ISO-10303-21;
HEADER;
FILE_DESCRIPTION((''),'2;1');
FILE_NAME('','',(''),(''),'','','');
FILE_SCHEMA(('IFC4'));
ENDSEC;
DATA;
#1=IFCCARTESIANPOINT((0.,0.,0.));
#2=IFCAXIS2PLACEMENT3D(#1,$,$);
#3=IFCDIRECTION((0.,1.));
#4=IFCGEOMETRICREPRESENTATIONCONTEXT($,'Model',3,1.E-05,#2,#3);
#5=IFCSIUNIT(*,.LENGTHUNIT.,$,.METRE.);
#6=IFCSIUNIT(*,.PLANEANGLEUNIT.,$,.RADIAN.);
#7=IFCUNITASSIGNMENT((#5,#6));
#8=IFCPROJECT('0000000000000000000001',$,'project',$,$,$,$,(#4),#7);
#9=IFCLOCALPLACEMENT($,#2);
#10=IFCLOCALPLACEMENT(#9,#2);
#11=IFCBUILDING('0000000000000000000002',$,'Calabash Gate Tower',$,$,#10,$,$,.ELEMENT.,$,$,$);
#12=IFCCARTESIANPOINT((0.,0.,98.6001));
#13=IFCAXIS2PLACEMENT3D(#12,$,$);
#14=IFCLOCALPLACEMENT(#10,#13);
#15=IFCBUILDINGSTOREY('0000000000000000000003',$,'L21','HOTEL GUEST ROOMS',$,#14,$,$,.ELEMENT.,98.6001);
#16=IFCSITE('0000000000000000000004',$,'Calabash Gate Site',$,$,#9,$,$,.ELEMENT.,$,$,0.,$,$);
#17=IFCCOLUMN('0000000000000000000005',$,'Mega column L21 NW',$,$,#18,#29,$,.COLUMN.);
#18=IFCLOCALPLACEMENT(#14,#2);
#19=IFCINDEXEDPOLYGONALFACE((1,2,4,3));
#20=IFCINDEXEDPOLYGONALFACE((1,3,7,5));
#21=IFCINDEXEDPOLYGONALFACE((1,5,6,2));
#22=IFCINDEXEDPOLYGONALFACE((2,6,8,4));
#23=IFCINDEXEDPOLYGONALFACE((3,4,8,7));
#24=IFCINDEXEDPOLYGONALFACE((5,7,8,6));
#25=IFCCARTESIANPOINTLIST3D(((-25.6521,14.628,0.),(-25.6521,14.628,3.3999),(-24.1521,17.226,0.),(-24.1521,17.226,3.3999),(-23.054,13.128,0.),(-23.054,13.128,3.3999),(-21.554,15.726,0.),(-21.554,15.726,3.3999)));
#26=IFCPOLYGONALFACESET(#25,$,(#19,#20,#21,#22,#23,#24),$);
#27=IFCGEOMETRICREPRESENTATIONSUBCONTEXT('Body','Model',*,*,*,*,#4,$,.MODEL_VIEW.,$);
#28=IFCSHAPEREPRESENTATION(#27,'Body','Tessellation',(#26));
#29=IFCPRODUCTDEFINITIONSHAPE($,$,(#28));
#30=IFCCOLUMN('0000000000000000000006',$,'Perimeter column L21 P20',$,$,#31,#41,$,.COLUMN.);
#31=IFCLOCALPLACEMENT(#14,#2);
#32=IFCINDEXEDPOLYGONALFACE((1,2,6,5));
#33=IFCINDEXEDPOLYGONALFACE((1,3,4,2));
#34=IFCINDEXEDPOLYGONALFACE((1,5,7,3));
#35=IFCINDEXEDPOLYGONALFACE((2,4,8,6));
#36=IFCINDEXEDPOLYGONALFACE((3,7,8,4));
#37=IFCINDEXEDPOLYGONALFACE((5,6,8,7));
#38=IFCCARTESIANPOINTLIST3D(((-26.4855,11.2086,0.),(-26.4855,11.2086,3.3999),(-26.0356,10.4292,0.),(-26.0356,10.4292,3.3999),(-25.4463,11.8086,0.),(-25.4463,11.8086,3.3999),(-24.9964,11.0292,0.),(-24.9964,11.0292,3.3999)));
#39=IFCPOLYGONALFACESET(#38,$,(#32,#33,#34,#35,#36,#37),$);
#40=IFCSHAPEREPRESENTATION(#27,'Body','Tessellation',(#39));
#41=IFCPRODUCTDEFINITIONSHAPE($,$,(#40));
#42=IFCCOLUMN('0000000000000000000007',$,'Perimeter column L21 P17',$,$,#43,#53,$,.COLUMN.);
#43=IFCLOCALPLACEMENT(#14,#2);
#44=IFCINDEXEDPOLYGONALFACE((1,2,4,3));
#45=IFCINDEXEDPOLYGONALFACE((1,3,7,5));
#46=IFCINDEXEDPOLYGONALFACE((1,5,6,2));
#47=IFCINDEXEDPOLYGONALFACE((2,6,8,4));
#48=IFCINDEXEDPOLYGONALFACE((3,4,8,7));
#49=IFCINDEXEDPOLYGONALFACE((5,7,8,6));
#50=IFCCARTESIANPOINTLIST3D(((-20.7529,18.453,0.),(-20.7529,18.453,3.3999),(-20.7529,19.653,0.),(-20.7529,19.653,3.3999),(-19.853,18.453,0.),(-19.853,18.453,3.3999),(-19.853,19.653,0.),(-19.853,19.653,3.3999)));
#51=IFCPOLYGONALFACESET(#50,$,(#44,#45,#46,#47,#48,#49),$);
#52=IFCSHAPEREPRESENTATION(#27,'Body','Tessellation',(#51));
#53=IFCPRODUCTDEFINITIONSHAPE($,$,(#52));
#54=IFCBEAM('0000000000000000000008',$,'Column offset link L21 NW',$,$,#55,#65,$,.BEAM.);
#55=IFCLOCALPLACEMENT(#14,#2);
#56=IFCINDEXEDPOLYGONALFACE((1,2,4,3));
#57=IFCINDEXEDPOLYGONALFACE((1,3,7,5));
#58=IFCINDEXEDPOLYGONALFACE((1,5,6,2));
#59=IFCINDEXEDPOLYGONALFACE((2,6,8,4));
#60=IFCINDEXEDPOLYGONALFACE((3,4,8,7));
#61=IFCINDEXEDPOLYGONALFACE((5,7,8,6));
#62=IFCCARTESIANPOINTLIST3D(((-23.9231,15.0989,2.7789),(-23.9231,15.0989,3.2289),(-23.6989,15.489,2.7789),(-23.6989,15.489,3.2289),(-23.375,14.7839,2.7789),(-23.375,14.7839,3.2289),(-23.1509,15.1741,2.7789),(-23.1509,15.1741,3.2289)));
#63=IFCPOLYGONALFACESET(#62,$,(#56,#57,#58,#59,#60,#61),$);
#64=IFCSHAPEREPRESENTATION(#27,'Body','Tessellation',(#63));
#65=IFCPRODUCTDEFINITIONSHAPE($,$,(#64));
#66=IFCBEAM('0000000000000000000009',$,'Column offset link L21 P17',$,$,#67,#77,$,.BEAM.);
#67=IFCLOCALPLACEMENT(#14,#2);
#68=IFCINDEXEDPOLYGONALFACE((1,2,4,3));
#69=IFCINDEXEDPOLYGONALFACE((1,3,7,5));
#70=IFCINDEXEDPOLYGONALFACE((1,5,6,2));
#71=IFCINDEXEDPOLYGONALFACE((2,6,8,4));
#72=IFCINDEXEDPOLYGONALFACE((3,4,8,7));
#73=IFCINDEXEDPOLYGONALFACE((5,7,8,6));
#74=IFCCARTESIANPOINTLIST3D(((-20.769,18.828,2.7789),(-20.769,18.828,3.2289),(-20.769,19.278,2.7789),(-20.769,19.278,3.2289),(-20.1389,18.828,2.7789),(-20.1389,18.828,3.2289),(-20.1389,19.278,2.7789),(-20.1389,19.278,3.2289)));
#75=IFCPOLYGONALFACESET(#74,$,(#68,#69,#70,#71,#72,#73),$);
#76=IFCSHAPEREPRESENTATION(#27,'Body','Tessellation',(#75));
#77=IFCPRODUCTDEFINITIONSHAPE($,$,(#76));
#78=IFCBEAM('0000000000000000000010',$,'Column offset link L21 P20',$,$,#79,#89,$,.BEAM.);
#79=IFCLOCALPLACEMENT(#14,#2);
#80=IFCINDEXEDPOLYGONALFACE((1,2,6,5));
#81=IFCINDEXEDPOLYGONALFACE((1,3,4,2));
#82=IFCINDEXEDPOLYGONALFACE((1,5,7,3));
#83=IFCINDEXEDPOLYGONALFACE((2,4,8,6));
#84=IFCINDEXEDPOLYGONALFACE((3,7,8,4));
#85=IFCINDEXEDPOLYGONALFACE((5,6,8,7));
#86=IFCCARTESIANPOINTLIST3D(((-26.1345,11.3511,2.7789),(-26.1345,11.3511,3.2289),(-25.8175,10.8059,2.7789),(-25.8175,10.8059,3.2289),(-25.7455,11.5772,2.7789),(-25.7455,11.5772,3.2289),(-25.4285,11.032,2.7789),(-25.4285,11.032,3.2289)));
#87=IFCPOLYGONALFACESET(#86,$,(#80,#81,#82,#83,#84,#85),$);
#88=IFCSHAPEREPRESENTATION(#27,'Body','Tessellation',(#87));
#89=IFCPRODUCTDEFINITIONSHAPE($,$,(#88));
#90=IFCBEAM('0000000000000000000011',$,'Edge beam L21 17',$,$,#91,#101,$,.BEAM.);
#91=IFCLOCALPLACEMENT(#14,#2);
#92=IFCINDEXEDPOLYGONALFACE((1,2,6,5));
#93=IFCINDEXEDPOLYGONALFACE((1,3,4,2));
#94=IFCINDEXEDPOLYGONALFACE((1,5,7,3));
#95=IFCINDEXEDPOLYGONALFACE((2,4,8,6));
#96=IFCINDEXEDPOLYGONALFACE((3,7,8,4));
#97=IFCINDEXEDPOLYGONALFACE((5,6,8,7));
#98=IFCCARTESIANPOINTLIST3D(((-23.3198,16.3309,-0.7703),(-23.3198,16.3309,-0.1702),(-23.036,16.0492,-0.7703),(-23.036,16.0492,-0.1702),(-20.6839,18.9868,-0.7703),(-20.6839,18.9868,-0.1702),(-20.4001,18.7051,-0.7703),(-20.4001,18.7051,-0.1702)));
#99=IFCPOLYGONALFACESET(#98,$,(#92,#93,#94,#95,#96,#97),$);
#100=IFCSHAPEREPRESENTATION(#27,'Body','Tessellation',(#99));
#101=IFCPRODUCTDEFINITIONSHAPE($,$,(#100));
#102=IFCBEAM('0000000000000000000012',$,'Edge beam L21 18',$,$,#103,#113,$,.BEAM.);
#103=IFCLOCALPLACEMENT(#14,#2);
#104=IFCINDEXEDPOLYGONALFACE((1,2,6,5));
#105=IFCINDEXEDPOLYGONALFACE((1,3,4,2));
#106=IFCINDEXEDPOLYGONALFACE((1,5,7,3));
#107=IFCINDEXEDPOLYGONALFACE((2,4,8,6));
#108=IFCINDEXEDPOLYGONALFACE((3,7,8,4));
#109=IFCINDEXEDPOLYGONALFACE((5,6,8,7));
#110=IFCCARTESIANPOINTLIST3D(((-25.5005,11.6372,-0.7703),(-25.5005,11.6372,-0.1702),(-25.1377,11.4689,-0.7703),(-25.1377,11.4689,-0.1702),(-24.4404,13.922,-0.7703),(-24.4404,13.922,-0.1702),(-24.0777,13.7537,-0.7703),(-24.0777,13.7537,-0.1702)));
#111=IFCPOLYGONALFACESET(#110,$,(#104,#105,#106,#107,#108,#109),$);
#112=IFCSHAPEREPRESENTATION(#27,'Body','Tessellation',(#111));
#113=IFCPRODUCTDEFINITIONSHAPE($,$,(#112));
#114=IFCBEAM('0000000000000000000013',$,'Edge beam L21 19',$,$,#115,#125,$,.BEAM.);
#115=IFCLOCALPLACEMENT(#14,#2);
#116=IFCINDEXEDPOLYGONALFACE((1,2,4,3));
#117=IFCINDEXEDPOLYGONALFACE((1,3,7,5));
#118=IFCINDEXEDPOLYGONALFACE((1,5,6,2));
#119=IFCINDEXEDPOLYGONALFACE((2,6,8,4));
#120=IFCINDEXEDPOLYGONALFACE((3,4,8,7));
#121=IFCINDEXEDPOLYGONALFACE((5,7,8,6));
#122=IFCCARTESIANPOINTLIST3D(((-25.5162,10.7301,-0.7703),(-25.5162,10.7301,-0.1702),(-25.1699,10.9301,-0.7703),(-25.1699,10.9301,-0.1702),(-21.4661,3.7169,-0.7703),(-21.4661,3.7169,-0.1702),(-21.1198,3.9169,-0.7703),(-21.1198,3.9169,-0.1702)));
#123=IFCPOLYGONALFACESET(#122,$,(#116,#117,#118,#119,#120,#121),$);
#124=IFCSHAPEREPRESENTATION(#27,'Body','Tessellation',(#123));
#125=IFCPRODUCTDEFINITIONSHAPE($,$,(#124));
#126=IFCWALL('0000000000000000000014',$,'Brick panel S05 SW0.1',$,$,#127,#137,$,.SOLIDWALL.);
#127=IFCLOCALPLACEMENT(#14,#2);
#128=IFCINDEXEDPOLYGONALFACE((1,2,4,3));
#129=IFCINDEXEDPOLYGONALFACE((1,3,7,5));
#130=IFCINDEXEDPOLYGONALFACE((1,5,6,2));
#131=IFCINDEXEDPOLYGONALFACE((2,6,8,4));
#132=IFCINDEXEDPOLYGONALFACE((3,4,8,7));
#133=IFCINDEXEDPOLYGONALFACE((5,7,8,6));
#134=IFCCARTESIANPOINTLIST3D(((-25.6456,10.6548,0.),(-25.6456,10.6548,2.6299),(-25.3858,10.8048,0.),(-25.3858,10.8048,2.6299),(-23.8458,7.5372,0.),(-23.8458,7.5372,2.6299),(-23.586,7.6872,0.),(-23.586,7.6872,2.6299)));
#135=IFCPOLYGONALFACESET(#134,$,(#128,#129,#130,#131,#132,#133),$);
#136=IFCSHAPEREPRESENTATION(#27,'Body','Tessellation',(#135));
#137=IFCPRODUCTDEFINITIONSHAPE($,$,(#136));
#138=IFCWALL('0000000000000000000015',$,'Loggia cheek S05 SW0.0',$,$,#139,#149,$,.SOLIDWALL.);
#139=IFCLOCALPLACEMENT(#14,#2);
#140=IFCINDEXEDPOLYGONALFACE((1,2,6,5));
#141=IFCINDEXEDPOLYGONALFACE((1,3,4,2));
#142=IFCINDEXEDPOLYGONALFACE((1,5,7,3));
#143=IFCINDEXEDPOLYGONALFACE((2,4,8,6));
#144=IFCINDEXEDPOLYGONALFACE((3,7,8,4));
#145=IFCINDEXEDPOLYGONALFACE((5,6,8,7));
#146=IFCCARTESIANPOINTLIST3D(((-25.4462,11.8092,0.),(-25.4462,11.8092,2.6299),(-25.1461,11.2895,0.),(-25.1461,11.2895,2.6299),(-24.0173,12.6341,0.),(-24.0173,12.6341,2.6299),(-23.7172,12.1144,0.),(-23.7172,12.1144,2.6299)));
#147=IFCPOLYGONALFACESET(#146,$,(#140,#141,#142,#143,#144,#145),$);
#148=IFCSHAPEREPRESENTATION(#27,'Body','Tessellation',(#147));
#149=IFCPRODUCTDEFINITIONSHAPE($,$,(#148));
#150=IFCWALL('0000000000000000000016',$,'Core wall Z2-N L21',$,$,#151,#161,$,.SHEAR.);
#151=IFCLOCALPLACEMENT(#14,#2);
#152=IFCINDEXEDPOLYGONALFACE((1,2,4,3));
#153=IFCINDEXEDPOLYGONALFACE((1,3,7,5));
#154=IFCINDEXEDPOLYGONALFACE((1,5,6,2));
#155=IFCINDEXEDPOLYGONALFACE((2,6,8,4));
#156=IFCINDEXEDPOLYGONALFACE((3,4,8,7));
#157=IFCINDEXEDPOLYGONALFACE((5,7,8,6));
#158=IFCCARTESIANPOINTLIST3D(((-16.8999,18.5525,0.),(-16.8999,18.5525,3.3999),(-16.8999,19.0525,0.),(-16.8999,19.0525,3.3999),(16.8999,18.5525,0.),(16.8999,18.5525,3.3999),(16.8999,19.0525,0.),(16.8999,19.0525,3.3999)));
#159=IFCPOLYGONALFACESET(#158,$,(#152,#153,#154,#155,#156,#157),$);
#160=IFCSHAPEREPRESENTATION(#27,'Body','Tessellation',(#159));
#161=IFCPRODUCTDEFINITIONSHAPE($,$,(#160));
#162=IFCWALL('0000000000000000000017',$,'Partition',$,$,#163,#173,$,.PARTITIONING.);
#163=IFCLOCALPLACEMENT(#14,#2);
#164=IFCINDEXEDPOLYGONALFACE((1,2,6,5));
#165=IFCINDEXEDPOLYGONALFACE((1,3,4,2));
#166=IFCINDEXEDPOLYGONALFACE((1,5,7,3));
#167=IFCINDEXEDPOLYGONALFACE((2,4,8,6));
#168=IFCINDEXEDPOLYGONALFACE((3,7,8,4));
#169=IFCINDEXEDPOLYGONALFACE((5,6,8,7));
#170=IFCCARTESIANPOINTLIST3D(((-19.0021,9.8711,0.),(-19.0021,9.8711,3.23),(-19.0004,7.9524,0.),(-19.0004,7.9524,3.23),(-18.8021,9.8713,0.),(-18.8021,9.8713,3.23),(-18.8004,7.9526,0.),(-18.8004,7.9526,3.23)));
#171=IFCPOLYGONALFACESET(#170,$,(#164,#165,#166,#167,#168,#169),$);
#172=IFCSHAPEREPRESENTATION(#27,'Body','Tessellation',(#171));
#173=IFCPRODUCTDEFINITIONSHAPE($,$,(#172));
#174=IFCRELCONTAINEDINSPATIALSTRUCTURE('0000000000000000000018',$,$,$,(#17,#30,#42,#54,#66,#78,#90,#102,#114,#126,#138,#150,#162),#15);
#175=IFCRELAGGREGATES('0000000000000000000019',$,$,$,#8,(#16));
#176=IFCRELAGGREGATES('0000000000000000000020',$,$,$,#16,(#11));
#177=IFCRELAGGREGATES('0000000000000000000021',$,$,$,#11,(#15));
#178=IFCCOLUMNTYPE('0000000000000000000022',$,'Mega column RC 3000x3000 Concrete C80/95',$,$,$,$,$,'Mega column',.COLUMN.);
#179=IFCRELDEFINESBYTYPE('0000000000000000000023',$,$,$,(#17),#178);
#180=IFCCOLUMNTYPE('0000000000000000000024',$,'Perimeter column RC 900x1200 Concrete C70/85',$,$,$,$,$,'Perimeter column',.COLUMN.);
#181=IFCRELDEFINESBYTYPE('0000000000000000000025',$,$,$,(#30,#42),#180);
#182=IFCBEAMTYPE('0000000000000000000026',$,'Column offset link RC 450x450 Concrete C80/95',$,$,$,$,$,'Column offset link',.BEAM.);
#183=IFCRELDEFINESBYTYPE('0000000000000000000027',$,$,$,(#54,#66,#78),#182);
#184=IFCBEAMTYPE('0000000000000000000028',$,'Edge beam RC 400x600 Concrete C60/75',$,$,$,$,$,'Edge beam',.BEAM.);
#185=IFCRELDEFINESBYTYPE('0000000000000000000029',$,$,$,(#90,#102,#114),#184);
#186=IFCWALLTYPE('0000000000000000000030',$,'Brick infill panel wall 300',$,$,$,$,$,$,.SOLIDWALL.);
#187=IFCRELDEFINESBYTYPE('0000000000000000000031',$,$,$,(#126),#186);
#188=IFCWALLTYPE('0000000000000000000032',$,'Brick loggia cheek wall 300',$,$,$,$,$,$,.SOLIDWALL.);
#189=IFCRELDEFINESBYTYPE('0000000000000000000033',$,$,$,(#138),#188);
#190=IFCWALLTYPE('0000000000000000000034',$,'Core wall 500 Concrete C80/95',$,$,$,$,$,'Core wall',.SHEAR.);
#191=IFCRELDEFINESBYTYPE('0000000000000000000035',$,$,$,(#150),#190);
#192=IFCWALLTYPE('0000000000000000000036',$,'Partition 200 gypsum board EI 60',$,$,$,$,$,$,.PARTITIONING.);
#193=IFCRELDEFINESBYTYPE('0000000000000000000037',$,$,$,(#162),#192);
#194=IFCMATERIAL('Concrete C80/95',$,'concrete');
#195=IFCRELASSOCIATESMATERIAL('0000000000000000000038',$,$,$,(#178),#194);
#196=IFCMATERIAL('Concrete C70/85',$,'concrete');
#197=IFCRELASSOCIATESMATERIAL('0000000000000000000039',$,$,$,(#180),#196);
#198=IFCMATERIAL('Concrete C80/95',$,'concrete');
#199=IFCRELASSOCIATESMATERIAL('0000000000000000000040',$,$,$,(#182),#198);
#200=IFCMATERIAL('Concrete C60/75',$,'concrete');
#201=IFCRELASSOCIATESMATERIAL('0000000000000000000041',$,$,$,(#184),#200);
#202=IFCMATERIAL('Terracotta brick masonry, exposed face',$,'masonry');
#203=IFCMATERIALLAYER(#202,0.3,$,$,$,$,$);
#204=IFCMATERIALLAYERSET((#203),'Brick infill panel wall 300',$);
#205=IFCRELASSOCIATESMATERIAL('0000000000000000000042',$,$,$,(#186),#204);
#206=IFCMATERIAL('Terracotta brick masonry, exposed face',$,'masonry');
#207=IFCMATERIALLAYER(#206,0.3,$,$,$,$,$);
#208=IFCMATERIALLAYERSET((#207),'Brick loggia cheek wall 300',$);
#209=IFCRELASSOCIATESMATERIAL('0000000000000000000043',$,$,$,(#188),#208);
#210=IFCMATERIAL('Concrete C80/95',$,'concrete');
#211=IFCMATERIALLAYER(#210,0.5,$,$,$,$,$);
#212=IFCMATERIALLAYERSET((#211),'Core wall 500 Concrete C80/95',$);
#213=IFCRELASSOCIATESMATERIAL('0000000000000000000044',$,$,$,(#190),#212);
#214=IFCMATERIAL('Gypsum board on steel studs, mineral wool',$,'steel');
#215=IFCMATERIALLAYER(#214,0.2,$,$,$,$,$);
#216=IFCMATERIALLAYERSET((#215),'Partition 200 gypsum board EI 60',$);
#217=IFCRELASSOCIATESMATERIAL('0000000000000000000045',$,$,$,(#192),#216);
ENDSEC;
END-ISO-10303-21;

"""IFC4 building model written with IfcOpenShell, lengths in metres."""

from ifc_helpers import new_model, si_unit, direction, frame, frame_2d, origin, origin_2d, place, context, subcontext, project, spatial, rectangle, extrude, material, layer, layer_set, material_profile, profile_set, type_object, element, save


model = new_model("IFC4")

# Units and contexts
model_context = context("Model", 3, precision=1e-05, world=origin(), true_north=direction((0.0, 1.0)))
body_context = subcontext(model_context, "Body", "Model", "MODEL_VIEW")
ifc_project = project(units=[si_unit("LENGTHUNIT", "METRE"), si_unit("PLANEANGLEUNIT", "RADIAN")], contexts=[model_context])

# Site, building, storey
site_placement = place(None, origin())
site = spatial("IfcSite", under=ifc_project, at=site_placement, Name="Calabash Gate Site", CompositionType="ELEMENT", RefElevation=0.0)
building_placement = place(site_placement, origin())
building = spatial("IfcBuilding", under=site, at=building_placement, Name="Calabash Gate Tower", CompositionType="ELEMENT")
storey_placement = place(building_placement, frame((0.0, 0.0, 98.6001)))
storey = spatial("IfcBuildingStorey", under=building, at=storey_placement, Name="L21", Description="HOTEL GUEST ROOMS", CompositionType="ELEMENT", Elevation=98.6001)

# Columns
ifc_material_1 = material(Name="Concrete C80/95", Category="concrete")
ifc_material_profile_1 = material_profile(ifc_material_1, rectangle(XDim=3.0, YDim=3.0, at=origin_2d()))
ifc_profile_set_1 = profile_set([ifc_material_profile_1], Name="Concrete C80/95")
column_type_1 = type_object("IfcColumnType", Name="Mega column RC 3000x3000 Concrete C80/95", ElementType="Mega column", PredefinedType="COLUMN", material=ifc_profile_set_1)
column_placement = place(storey_placement, frame((-23.603, 15.177, 0.0), z_axis=(0.0, 0.0, 1.0), x_axis=(0.866025, -0.5, 0.0)))
element("IfcColumn", 1, at=column_placement, inside=storey, type_object=column_type_1, Name="Mega column L21 NW", PredefinedType="COLUMN", context=body_context, shape_type="SweptSolid", body=[
    extrude(rectangle(XDim=3.0, YDim=3.0, at=origin_2d()), origin(), (0.0, 0.0, 1.0), 3.3999),
])
ifc_material_2 = material(Name="Concrete C70/85", Category="concrete")
ifc_material_profile_2 = material_profile(ifc_material_2, rectangle(XDim=0.8999, YDim=1.2, at=origin_2d()))
ifc_profile_set_2 = profile_set([ifc_material_profile_2], Name="Concrete C70/85")
column_type_2 = type_object("IfcColumnType", Name="Perimeter column RC 900x1200 Concrete C70/85", ElementType="Perimeter column", PredefinedType="COLUMN", material=ifc_profile_set_2)
for number, where, z_axis, x_axis, name in (
    (2, (-25.741, 11.1189, 0.0), (0.0, 0.0, 1.0), (0.5, -0.866025, 0.0), "Perimeter column L21 P20"),
    (3, (-20.303, 19.053, 0.0), (0.0, 0.0, 1.0), (-1.0, 0.0, 0.0), "Perimeter column L21 P17"),
):
    element("IfcColumn", number, at=place(storey_placement, frame(where, z_axis=z_axis, x_axis=x_axis)), inside=storey, type_object=column_type_2, Name=name, PredefinedType="COLUMN", context=body_context, shape_type="SweptSolid", body=[
        extrude(rectangle(XDim=0.8999, YDim=1.2, at=origin_2d()), origin(), (0.0, 0.0, 1.0), 3.3999),
    ])

# Beams
ifc_material_3 = material(Name="Concrete C80/95", Category="concrete")
ifc_material_profile_3 = material_profile(ifc_material_3, rectangle(XDim=0.45, YDim=0.45, at=origin_2d()))
ifc_profile_set_3 = profile_set([ifc_material_profile_3], Name="Concrete C80/95")
beam_type_1 = type_object("IfcBeamType", Name="Column offset link RC 450x450 Concrete C80/95", ElementType="Column offset link", PredefinedType="BEAM", material=ifc_profile_set_3)
beam_1_placement = place(storey_placement, frame((-23.2629, 14.979, 3.0039), z_axis=(-0.867052, 0.498217, 0.0), x_axis=(-0.498217, -0.867052, 0.0)))
element("IfcBeam", 4, at=beam_1_placement, inside=storey, type_object=beam_type_1, Name="Column offset link L21 NW", PredefinedType="BEAM", context=body_context, shape_type="SweptSolid", body=[
    extrude(rectangle(XDim=0.45, YDim=0.45, at=origin_2d()), origin(), (0.0, 0.0, 1.0), 0.6321),
])
beam_2_placement = place(storey_placement, frame((-20.1389, 19.053, 3.0039), z_axis=(-1.0, 0.0, 0.0), x_axis=(0.0, -1.0, 0.0)))
element("IfcBeam", 5, at=beam_2_placement, inside=storey, type_object=beam_type_1, Name="Column offset link L21 P17", PredefinedType="BEAM", context=body_context, shape_type="SweptSolid", body=[
    extrude(rectangle(XDim=0.45, YDim=0.45, at=origin_2d()), origin(), (0.0, 0.0, 1.0), 0.6301),
])
beam_3_placement = place(storey_placement, frame((-25.623, 10.9189, 3.0039), z_axis=(-0.502546, 0.86455, 0.0), x_axis=(-0.86455, -0.502546, 0.0)))
element("IfcBeam", 6, at=beam_3_placement, inside=storey, type_object=beam_type_1, Name="Column offset link L21 P20", PredefinedType="BEAM", context=body_context, shape_type="SweptSolid", body=[
    extrude(rectangle(XDim=0.45, YDim=0.45, at=origin_2d()), origin(), (0.0, 0.0, 1.0), 0.6306),
])
ifc_material_4 = material(Name="Concrete C60/75", Category="concrete")
ifc_material_profile_4 = material_profile(ifc_material_4, rectangle(XDim=0.3999, YDim=0.6001, at=origin_2d()))
ifc_profile_set_4 = profile_set([ifc_material_profile_4], Name="Concrete C60/75")
beam_type_2 = type_object("IfcBeamType", Name="Edge beam RC 400x600 Concrete C60/75", ElementType="Edge beam", PredefinedType="BEAM", material=ifc_profile_set_4)
beam_4_placement = place(storey_placement, frame((-20.542, 18.8459, -0.4702), z_axis=(-0.704427, -0.709777, 0.0), x_axis=(0.709777, -0.704427, 0.0)))
element("IfcBeam", 7, at=beam_4_placement, inside=storey, type_object=beam_type_2, Name="Edge beam L21 17", PredefinedType="BEAM", context=body_context, shape_type="SweptSolid", body=[
    extrude(rectangle(XDim=0.3999, YDim=0.6001, at=origin_2d()), origin(), (0.0, 0.0, 1.0), 3.7419),
])
beam_5_placement = place(storey_placement, frame((-24.259, 13.8379, -0.4702), z_axis=(-0.420852, -0.907129, 0.0), x_axis=(0.907129, -0.420852, 0.0)))
element("IfcBeam", 8, at=beam_5_placement, inside=storey, type_object=beam_type_2, Name="Edge beam L21 18", PredefinedType="BEAM", context=body_context, shape_type="SweptSolid", body=[
    extrude(rectangle(XDim=0.3999, YDim=0.6001, at=origin_2d()), origin(), (0.0, 0.0, 1.0), 2.5188),
])
beam_6_placement = place(storey_placement, frame((-25.343, 10.8301, -0.4702), z_axis=(0.500091, -0.865973, 0.0), x_axis=(0.865973, 0.500091, 0.0)))
element("IfcBeam", 9, at=beam_6_placement, inside=storey, type_object=beam_type_2, Name="Edge beam L21 19", PredefinedType="BEAM", context=body_context, shape_type="SweptSolid", body=[
    extrude(rectangle(XDim=0.3999, YDim=0.6001, at=origin_2d()), origin(), (0.0, 0.0, 1.0), 8.0986),
])

# Walls
ifc_material_5 = material(Name="Terracotta brick masonry, exposed face", Category="masonry")
ifc_layer_1 = layer(ifc_material_5, 0.3)
ifc_layer_set_1 = layer_set([ifc_layer_1], Name="Brick infill panel wall 300")
wall_type_1 = type_object("IfcWallType", Name="Brick infill panel wall 300", PredefinedType="SOLIDWALL", material=ifc_layer_set_1)
wall_1_placement = place(storey_placement, frame((-25.5156, 10.7297, 0.0), z_axis=(0.0, 0.0, 1.0), x_axis=(0.499961, -0.866048, 0.0)))
element("IfcWall", 10, at=wall_1_placement, inside=storey, type_object=wall_type_1, Name="Brick panel S05 SW0.1", PredefinedType="SOLIDWALL", context=body_context, shape_type="SweptSolid", body=[
    extrude(rectangle(XDim=3.5999, YDim=0.3, at=frame_2d((1.7998, 0.0))), origin(), (0.0, 0.0, 1.0), 2.6299),
])
ifc_material_6 = material(Name="Terracotta brick masonry, exposed face", Category="masonry")
ifc_layer_2 = layer(ifc_material_6, 0.3)
ifc_layer_set_2 = layer_set([ifc_layer_2], Name="Brick loggia cheek wall 300")
wall_type_2 = type_object("IfcWallType", Name="Brick loggia cheek wall 300", PredefinedType="SOLIDWALL", material=ifc_layer_set_2)
wall_2_placement = place(storey_placement, frame((-25.2961, 11.5493, 0.0), z_axis=(0.0, 0.0, 1.0), x_axis=(0.86604, 0.499974, 0.0)))
element("IfcWall", 11, at=wall_2_placement, inside=storey, type_object=wall_type_2, Name="Loggia cheek S05 SW0.0", PredefinedType="SOLIDWALL", context=body_context, shape_type="SweptSolid", body=[
    extrude(rectangle(XDim=1.6499, YDim=0.6001, at=frame_2d((0.825, 0.0))), origin(), (0.0, 0.0, 1.0), 2.6299),
])
ifc_material_7 = material(Name="Concrete C80/95", Category="concrete")
ifc_layer_3 = layer(ifc_material_7, 0.5)
ifc_layer_set_3 = layer_set([ifc_layer_3], Name="Core wall 500 Concrete C80/95")
wall_type_3 = type_object("IfcWallType", Name="Core wall 500 Concrete C80/95", ElementType="Core wall", PredefinedType="SHEAR", material=ifc_layer_set_3)
wall_3_placement = place(storey_placement, frame((-16.8999, 18.8025, 0.0), z_axis=(0.0, 0.0, 1.0), x_axis=(1.0, 0.0, 0.0)))
element("IfcWall", 12, at=wall_3_placement, inside=storey, type_object=wall_type_3, Name="Core wall Z2-N L21", PredefinedType="SHEAR", context=body_context, shape_type="SweptSolid", body=[
    extrude(rectangle(XDim=33.7998, YDim=0.5, at=frame_2d((16.8999, 0.0))), origin(), (0.0, 0.0, 1.0), 3.3999),
])
ifc_material_8 = material(Name="Gypsum board on steel studs, mineral wool", Category="steel")
ifc_layer_4 = layer(ifc_material_8, 0.2)
ifc_layer_set_4 = layer_set([ifc_layer_4], Name="Partition 200 gypsum board EI 60")
wall_type_4 = type_object("IfcWallType", Name="Partition 200 gypsum board EI 60", PredefinedType="PARTITIONING", material=ifc_layer_set_4)
wall_4_placement = place(storey_placement, frame((-18.9021, 9.8713, 0.0), z_axis=(0.0, 0.0, 1.0), x_axis=(0.000891, -1.0, 0.0)))
element("IfcWall", 13, at=wall_4_placement, inside=storey, type_object=wall_type_4, Name="Partition", PredefinedType="PARTITIONING", context=body_context, shape_type="SweptSolid", body=[
    extrude(rectangle(XDim=1.9187, YDim=0.2, at=frame_2d((0.9595, 0.0))), origin(), (0.0, 0.0, 1.0), 3.23),
])

save(model, "model.ifc")
